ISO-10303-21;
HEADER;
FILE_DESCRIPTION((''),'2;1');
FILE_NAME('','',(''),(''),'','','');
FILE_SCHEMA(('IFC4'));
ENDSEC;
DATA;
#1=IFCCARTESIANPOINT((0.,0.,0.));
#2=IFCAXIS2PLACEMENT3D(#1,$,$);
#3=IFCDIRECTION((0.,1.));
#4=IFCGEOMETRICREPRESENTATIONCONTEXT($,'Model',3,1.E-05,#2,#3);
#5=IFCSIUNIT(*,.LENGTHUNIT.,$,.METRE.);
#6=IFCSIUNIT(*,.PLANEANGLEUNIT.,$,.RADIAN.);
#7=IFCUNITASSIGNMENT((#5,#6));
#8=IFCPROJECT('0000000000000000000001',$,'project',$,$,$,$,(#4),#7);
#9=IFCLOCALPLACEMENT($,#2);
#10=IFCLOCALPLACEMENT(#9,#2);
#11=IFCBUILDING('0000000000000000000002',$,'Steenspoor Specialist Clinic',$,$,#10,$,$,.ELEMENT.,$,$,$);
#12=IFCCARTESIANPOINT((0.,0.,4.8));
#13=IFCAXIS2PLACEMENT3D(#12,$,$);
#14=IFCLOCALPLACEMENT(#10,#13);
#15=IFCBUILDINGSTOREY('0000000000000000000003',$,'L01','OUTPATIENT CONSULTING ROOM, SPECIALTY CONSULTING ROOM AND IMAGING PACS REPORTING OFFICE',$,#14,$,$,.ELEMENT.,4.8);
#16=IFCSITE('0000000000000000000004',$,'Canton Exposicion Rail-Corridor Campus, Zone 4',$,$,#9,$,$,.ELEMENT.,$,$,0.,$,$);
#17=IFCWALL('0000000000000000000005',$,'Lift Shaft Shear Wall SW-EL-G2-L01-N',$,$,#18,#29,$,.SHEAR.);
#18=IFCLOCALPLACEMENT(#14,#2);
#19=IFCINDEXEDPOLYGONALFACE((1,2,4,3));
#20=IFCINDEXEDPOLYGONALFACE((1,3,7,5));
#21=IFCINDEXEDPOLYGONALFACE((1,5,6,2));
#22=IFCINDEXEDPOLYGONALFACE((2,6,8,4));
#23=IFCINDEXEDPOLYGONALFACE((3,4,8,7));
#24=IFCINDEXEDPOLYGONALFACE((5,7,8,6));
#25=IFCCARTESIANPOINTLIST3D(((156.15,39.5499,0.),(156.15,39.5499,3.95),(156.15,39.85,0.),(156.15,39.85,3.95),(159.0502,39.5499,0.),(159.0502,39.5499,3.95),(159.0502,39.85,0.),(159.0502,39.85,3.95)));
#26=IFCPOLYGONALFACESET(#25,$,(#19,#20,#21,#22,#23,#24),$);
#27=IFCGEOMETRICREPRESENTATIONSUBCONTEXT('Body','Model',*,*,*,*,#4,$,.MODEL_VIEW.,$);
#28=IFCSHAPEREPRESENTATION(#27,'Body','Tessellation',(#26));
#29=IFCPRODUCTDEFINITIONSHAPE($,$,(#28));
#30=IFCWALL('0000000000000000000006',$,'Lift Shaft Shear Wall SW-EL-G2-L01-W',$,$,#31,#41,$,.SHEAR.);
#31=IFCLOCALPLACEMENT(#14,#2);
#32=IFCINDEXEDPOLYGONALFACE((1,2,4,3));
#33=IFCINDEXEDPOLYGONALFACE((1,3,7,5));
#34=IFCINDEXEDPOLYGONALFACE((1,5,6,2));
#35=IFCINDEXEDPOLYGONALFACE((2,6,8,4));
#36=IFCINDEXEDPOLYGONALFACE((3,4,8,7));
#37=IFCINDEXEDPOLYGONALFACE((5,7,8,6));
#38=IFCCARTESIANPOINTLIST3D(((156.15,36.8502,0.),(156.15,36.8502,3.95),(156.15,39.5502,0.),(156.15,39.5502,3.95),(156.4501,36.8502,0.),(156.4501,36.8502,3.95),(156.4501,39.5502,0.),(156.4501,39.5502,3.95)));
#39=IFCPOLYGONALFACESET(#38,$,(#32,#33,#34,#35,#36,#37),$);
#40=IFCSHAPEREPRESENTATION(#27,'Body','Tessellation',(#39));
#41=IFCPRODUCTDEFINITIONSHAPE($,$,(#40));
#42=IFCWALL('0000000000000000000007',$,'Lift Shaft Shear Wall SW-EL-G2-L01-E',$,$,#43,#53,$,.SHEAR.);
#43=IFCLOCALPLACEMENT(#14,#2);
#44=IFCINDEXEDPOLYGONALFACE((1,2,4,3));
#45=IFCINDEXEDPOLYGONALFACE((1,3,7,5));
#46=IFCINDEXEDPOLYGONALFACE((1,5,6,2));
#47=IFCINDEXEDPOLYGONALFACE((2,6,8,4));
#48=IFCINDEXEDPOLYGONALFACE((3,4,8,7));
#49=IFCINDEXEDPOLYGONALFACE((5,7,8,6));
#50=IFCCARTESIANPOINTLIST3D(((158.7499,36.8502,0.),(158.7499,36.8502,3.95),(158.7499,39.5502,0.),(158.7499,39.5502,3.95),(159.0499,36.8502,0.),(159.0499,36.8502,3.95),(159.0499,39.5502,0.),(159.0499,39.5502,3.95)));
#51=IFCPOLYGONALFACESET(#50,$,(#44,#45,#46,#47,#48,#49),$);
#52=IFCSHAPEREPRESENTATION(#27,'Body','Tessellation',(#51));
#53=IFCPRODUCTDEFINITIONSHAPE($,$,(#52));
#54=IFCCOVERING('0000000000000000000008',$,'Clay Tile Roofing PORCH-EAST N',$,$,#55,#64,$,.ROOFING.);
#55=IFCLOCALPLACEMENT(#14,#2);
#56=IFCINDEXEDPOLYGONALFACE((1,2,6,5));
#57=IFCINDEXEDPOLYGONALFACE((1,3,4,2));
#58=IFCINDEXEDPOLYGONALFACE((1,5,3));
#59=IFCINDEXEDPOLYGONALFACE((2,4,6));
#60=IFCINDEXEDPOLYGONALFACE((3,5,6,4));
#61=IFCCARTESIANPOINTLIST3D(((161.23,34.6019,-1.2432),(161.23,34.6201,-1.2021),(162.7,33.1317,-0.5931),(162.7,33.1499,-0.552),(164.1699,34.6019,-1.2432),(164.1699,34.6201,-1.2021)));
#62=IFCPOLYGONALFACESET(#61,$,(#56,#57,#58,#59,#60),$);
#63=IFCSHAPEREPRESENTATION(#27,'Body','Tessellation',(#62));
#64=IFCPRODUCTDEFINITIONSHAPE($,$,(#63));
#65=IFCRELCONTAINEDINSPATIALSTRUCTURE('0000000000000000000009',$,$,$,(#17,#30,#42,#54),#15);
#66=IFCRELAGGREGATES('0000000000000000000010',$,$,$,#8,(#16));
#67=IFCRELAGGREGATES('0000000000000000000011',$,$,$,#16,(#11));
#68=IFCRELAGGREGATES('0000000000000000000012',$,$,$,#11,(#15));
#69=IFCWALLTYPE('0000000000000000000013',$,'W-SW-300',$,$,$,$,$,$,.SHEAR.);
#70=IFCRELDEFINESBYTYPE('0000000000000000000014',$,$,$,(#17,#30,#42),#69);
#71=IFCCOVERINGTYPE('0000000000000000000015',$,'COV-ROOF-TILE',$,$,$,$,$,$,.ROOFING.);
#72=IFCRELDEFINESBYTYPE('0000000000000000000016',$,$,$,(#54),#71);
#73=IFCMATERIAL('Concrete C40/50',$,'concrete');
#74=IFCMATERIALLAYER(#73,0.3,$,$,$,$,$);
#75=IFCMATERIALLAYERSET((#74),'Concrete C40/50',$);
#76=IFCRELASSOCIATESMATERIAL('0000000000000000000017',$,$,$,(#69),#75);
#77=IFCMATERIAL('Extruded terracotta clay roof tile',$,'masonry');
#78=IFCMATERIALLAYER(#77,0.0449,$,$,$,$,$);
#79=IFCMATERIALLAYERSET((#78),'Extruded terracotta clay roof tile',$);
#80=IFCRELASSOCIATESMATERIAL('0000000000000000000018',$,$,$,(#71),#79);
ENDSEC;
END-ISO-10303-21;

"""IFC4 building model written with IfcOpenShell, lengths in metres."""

from ifc_helpers import new_model, si_unit, direction, frame, frame_2d, origin, place, context, subcontext, project, spatial, polyline, rectangle, outline, extrude, material, layer, layer_set, type_object, element, save


model = new_model("IFC4")

# Units and contexts
model_context = context("Model", 3, precision=1e-05, world=origin(), true_north=direction((0.0, 1.0)))
body_context = subcontext(model_context, "Body", "Model", "MODEL_VIEW")
ifc_project = project(units=[si_unit("LENGTHUNIT", "METRE"), si_unit("PLANEANGLEUNIT", "RADIAN")], contexts=[model_context])

# Site, building, storey
site_placement = place(None, origin())
site = spatial("IfcSite", under=ifc_project, at=site_placement, Name="Canton Exposicion Rail-Corridor Campus, Zone 4", CompositionType="ELEMENT", RefElevation=0.0)
building_placement = place(site_placement, origin())
building = spatial("IfcBuilding", under=site, at=building_placement, Name="Steenspoor Specialist Clinic", CompositionType="ELEMENT")
storey_placement = place(building_placement, frame((0.0, 0.0, 4.8)))
storey = spatial("IfcBuildingStorey", under=building, at=storey_placement, Name="L01", Description="OUTPATIENT CONSULTING ROOM, SPECIALTY CONSULTING ROOM AND IMAGING PACS REPORTING OFFICE", CompositionType="ELEMENT", Elevation=4.8)

# Shared definitions
ifc_material_1 = material(Name="Concrete C40/50", Category="concrete")

# Shared definitions
ifc_layer_1 = layer(ifc_material_1, 0.3)
ifc_layer_set_1 = layer_set([ifc_layer_1], Name="Concrete C40/50")
wall_type_1 = type_object("IfcWallType", Name="W-SW-300", PredefinedType="SHEAR", material=ifc_layer_set_1)

# Walls
wall_1_placement = place(storey_placement, frame((156.1499, 39.7, 0.0), z_axis=(0.0, 0.0, 1.0), x_axis=(1.0, 0.0, 0.0)))
element("IfcWall", 1, at=wall_1_placement, inside=storey, type_object=wall_type_1, Name="Lift Shaft Shear Wall SW-EL-G2-L01-N", PredefinedType="SHEAR", context=body_context, shape_type="SweptSolid", body=[
    extrude(rectangle(XDim=2.9001, YDim=0.3, at=frame_2d((1.4502, 0.0))), origin(), (0.0, 0.0, 1.0), 3.95),
])
for number, where, z_axis, x_axis, name in (
    (2, (156.3, 36.8501, 0.0), (0.0, 0.0, 1.0), (0.0, 1.0, 0.0), "Lift Shaft Shear Wall SW-EL-G2-L01-W"),
    (3, (158.8999, 36.8501, 0.0), (0.0, 0.0, 1.0), (0.0, 1.0, 0.0), "Lift Shaft Shear Wall SW-EL-G2-L01-E"),
):
    element("IfcWall", number, at=place(storey_placement, frame(where, z_axis=z_axis, x_axis=x_axis)), inside=storey, type_object=wall_type_1, Name=name, PredefinedType="SHEAR", context=body_context, shape_type="SweptSolid", body=[
        extrude(rectangle(XDim=2.7, YDim=0.3, at=frame_2d((1.3501, 0.0))), origin(), (0.0, 0.0, 1.0), 3.95),
    ])

# Covering
ifc_material_2 = material(Name="Extruded terracotta clay roof tile", Category="masonry")
ifc_layer_2 = layer(ifc_material_2, 0.0449)
ifc_layer_set_2 = layer_set([ifc_layer_2], Name="Extruded terracotta clay roof tile")
covering_type = type_object("IfcCoveringType", Name="COV-ROOF-TILE", PredefinedType="ROOFING", material=ifc_layer_set_2)
covering_placement = place(storey_placement, frame((164.1699, 34.6201, -1.2021), z_axis=(0.0, 0.404433, 0.914568), x_axis=(-1.0, 0.0, 0.0)))
element("IfcCovering", 4, at=covering_placement, inside=storey, type_object=covering_type, Name="Clay Tile Roofing PORCH-EAST N", PredefinedType="ROOFING", context=body_context, shape_type="SweptSolid", body=[
    extrude(outline(polyline([(0.0, 0.0), (2.9399, 0.0), (1.47, 1.6076), (0.0, 0.0)])), origin(), (0.0, 0.0, -1.0), 0.0449),
])

save(model, "model.ifc")
